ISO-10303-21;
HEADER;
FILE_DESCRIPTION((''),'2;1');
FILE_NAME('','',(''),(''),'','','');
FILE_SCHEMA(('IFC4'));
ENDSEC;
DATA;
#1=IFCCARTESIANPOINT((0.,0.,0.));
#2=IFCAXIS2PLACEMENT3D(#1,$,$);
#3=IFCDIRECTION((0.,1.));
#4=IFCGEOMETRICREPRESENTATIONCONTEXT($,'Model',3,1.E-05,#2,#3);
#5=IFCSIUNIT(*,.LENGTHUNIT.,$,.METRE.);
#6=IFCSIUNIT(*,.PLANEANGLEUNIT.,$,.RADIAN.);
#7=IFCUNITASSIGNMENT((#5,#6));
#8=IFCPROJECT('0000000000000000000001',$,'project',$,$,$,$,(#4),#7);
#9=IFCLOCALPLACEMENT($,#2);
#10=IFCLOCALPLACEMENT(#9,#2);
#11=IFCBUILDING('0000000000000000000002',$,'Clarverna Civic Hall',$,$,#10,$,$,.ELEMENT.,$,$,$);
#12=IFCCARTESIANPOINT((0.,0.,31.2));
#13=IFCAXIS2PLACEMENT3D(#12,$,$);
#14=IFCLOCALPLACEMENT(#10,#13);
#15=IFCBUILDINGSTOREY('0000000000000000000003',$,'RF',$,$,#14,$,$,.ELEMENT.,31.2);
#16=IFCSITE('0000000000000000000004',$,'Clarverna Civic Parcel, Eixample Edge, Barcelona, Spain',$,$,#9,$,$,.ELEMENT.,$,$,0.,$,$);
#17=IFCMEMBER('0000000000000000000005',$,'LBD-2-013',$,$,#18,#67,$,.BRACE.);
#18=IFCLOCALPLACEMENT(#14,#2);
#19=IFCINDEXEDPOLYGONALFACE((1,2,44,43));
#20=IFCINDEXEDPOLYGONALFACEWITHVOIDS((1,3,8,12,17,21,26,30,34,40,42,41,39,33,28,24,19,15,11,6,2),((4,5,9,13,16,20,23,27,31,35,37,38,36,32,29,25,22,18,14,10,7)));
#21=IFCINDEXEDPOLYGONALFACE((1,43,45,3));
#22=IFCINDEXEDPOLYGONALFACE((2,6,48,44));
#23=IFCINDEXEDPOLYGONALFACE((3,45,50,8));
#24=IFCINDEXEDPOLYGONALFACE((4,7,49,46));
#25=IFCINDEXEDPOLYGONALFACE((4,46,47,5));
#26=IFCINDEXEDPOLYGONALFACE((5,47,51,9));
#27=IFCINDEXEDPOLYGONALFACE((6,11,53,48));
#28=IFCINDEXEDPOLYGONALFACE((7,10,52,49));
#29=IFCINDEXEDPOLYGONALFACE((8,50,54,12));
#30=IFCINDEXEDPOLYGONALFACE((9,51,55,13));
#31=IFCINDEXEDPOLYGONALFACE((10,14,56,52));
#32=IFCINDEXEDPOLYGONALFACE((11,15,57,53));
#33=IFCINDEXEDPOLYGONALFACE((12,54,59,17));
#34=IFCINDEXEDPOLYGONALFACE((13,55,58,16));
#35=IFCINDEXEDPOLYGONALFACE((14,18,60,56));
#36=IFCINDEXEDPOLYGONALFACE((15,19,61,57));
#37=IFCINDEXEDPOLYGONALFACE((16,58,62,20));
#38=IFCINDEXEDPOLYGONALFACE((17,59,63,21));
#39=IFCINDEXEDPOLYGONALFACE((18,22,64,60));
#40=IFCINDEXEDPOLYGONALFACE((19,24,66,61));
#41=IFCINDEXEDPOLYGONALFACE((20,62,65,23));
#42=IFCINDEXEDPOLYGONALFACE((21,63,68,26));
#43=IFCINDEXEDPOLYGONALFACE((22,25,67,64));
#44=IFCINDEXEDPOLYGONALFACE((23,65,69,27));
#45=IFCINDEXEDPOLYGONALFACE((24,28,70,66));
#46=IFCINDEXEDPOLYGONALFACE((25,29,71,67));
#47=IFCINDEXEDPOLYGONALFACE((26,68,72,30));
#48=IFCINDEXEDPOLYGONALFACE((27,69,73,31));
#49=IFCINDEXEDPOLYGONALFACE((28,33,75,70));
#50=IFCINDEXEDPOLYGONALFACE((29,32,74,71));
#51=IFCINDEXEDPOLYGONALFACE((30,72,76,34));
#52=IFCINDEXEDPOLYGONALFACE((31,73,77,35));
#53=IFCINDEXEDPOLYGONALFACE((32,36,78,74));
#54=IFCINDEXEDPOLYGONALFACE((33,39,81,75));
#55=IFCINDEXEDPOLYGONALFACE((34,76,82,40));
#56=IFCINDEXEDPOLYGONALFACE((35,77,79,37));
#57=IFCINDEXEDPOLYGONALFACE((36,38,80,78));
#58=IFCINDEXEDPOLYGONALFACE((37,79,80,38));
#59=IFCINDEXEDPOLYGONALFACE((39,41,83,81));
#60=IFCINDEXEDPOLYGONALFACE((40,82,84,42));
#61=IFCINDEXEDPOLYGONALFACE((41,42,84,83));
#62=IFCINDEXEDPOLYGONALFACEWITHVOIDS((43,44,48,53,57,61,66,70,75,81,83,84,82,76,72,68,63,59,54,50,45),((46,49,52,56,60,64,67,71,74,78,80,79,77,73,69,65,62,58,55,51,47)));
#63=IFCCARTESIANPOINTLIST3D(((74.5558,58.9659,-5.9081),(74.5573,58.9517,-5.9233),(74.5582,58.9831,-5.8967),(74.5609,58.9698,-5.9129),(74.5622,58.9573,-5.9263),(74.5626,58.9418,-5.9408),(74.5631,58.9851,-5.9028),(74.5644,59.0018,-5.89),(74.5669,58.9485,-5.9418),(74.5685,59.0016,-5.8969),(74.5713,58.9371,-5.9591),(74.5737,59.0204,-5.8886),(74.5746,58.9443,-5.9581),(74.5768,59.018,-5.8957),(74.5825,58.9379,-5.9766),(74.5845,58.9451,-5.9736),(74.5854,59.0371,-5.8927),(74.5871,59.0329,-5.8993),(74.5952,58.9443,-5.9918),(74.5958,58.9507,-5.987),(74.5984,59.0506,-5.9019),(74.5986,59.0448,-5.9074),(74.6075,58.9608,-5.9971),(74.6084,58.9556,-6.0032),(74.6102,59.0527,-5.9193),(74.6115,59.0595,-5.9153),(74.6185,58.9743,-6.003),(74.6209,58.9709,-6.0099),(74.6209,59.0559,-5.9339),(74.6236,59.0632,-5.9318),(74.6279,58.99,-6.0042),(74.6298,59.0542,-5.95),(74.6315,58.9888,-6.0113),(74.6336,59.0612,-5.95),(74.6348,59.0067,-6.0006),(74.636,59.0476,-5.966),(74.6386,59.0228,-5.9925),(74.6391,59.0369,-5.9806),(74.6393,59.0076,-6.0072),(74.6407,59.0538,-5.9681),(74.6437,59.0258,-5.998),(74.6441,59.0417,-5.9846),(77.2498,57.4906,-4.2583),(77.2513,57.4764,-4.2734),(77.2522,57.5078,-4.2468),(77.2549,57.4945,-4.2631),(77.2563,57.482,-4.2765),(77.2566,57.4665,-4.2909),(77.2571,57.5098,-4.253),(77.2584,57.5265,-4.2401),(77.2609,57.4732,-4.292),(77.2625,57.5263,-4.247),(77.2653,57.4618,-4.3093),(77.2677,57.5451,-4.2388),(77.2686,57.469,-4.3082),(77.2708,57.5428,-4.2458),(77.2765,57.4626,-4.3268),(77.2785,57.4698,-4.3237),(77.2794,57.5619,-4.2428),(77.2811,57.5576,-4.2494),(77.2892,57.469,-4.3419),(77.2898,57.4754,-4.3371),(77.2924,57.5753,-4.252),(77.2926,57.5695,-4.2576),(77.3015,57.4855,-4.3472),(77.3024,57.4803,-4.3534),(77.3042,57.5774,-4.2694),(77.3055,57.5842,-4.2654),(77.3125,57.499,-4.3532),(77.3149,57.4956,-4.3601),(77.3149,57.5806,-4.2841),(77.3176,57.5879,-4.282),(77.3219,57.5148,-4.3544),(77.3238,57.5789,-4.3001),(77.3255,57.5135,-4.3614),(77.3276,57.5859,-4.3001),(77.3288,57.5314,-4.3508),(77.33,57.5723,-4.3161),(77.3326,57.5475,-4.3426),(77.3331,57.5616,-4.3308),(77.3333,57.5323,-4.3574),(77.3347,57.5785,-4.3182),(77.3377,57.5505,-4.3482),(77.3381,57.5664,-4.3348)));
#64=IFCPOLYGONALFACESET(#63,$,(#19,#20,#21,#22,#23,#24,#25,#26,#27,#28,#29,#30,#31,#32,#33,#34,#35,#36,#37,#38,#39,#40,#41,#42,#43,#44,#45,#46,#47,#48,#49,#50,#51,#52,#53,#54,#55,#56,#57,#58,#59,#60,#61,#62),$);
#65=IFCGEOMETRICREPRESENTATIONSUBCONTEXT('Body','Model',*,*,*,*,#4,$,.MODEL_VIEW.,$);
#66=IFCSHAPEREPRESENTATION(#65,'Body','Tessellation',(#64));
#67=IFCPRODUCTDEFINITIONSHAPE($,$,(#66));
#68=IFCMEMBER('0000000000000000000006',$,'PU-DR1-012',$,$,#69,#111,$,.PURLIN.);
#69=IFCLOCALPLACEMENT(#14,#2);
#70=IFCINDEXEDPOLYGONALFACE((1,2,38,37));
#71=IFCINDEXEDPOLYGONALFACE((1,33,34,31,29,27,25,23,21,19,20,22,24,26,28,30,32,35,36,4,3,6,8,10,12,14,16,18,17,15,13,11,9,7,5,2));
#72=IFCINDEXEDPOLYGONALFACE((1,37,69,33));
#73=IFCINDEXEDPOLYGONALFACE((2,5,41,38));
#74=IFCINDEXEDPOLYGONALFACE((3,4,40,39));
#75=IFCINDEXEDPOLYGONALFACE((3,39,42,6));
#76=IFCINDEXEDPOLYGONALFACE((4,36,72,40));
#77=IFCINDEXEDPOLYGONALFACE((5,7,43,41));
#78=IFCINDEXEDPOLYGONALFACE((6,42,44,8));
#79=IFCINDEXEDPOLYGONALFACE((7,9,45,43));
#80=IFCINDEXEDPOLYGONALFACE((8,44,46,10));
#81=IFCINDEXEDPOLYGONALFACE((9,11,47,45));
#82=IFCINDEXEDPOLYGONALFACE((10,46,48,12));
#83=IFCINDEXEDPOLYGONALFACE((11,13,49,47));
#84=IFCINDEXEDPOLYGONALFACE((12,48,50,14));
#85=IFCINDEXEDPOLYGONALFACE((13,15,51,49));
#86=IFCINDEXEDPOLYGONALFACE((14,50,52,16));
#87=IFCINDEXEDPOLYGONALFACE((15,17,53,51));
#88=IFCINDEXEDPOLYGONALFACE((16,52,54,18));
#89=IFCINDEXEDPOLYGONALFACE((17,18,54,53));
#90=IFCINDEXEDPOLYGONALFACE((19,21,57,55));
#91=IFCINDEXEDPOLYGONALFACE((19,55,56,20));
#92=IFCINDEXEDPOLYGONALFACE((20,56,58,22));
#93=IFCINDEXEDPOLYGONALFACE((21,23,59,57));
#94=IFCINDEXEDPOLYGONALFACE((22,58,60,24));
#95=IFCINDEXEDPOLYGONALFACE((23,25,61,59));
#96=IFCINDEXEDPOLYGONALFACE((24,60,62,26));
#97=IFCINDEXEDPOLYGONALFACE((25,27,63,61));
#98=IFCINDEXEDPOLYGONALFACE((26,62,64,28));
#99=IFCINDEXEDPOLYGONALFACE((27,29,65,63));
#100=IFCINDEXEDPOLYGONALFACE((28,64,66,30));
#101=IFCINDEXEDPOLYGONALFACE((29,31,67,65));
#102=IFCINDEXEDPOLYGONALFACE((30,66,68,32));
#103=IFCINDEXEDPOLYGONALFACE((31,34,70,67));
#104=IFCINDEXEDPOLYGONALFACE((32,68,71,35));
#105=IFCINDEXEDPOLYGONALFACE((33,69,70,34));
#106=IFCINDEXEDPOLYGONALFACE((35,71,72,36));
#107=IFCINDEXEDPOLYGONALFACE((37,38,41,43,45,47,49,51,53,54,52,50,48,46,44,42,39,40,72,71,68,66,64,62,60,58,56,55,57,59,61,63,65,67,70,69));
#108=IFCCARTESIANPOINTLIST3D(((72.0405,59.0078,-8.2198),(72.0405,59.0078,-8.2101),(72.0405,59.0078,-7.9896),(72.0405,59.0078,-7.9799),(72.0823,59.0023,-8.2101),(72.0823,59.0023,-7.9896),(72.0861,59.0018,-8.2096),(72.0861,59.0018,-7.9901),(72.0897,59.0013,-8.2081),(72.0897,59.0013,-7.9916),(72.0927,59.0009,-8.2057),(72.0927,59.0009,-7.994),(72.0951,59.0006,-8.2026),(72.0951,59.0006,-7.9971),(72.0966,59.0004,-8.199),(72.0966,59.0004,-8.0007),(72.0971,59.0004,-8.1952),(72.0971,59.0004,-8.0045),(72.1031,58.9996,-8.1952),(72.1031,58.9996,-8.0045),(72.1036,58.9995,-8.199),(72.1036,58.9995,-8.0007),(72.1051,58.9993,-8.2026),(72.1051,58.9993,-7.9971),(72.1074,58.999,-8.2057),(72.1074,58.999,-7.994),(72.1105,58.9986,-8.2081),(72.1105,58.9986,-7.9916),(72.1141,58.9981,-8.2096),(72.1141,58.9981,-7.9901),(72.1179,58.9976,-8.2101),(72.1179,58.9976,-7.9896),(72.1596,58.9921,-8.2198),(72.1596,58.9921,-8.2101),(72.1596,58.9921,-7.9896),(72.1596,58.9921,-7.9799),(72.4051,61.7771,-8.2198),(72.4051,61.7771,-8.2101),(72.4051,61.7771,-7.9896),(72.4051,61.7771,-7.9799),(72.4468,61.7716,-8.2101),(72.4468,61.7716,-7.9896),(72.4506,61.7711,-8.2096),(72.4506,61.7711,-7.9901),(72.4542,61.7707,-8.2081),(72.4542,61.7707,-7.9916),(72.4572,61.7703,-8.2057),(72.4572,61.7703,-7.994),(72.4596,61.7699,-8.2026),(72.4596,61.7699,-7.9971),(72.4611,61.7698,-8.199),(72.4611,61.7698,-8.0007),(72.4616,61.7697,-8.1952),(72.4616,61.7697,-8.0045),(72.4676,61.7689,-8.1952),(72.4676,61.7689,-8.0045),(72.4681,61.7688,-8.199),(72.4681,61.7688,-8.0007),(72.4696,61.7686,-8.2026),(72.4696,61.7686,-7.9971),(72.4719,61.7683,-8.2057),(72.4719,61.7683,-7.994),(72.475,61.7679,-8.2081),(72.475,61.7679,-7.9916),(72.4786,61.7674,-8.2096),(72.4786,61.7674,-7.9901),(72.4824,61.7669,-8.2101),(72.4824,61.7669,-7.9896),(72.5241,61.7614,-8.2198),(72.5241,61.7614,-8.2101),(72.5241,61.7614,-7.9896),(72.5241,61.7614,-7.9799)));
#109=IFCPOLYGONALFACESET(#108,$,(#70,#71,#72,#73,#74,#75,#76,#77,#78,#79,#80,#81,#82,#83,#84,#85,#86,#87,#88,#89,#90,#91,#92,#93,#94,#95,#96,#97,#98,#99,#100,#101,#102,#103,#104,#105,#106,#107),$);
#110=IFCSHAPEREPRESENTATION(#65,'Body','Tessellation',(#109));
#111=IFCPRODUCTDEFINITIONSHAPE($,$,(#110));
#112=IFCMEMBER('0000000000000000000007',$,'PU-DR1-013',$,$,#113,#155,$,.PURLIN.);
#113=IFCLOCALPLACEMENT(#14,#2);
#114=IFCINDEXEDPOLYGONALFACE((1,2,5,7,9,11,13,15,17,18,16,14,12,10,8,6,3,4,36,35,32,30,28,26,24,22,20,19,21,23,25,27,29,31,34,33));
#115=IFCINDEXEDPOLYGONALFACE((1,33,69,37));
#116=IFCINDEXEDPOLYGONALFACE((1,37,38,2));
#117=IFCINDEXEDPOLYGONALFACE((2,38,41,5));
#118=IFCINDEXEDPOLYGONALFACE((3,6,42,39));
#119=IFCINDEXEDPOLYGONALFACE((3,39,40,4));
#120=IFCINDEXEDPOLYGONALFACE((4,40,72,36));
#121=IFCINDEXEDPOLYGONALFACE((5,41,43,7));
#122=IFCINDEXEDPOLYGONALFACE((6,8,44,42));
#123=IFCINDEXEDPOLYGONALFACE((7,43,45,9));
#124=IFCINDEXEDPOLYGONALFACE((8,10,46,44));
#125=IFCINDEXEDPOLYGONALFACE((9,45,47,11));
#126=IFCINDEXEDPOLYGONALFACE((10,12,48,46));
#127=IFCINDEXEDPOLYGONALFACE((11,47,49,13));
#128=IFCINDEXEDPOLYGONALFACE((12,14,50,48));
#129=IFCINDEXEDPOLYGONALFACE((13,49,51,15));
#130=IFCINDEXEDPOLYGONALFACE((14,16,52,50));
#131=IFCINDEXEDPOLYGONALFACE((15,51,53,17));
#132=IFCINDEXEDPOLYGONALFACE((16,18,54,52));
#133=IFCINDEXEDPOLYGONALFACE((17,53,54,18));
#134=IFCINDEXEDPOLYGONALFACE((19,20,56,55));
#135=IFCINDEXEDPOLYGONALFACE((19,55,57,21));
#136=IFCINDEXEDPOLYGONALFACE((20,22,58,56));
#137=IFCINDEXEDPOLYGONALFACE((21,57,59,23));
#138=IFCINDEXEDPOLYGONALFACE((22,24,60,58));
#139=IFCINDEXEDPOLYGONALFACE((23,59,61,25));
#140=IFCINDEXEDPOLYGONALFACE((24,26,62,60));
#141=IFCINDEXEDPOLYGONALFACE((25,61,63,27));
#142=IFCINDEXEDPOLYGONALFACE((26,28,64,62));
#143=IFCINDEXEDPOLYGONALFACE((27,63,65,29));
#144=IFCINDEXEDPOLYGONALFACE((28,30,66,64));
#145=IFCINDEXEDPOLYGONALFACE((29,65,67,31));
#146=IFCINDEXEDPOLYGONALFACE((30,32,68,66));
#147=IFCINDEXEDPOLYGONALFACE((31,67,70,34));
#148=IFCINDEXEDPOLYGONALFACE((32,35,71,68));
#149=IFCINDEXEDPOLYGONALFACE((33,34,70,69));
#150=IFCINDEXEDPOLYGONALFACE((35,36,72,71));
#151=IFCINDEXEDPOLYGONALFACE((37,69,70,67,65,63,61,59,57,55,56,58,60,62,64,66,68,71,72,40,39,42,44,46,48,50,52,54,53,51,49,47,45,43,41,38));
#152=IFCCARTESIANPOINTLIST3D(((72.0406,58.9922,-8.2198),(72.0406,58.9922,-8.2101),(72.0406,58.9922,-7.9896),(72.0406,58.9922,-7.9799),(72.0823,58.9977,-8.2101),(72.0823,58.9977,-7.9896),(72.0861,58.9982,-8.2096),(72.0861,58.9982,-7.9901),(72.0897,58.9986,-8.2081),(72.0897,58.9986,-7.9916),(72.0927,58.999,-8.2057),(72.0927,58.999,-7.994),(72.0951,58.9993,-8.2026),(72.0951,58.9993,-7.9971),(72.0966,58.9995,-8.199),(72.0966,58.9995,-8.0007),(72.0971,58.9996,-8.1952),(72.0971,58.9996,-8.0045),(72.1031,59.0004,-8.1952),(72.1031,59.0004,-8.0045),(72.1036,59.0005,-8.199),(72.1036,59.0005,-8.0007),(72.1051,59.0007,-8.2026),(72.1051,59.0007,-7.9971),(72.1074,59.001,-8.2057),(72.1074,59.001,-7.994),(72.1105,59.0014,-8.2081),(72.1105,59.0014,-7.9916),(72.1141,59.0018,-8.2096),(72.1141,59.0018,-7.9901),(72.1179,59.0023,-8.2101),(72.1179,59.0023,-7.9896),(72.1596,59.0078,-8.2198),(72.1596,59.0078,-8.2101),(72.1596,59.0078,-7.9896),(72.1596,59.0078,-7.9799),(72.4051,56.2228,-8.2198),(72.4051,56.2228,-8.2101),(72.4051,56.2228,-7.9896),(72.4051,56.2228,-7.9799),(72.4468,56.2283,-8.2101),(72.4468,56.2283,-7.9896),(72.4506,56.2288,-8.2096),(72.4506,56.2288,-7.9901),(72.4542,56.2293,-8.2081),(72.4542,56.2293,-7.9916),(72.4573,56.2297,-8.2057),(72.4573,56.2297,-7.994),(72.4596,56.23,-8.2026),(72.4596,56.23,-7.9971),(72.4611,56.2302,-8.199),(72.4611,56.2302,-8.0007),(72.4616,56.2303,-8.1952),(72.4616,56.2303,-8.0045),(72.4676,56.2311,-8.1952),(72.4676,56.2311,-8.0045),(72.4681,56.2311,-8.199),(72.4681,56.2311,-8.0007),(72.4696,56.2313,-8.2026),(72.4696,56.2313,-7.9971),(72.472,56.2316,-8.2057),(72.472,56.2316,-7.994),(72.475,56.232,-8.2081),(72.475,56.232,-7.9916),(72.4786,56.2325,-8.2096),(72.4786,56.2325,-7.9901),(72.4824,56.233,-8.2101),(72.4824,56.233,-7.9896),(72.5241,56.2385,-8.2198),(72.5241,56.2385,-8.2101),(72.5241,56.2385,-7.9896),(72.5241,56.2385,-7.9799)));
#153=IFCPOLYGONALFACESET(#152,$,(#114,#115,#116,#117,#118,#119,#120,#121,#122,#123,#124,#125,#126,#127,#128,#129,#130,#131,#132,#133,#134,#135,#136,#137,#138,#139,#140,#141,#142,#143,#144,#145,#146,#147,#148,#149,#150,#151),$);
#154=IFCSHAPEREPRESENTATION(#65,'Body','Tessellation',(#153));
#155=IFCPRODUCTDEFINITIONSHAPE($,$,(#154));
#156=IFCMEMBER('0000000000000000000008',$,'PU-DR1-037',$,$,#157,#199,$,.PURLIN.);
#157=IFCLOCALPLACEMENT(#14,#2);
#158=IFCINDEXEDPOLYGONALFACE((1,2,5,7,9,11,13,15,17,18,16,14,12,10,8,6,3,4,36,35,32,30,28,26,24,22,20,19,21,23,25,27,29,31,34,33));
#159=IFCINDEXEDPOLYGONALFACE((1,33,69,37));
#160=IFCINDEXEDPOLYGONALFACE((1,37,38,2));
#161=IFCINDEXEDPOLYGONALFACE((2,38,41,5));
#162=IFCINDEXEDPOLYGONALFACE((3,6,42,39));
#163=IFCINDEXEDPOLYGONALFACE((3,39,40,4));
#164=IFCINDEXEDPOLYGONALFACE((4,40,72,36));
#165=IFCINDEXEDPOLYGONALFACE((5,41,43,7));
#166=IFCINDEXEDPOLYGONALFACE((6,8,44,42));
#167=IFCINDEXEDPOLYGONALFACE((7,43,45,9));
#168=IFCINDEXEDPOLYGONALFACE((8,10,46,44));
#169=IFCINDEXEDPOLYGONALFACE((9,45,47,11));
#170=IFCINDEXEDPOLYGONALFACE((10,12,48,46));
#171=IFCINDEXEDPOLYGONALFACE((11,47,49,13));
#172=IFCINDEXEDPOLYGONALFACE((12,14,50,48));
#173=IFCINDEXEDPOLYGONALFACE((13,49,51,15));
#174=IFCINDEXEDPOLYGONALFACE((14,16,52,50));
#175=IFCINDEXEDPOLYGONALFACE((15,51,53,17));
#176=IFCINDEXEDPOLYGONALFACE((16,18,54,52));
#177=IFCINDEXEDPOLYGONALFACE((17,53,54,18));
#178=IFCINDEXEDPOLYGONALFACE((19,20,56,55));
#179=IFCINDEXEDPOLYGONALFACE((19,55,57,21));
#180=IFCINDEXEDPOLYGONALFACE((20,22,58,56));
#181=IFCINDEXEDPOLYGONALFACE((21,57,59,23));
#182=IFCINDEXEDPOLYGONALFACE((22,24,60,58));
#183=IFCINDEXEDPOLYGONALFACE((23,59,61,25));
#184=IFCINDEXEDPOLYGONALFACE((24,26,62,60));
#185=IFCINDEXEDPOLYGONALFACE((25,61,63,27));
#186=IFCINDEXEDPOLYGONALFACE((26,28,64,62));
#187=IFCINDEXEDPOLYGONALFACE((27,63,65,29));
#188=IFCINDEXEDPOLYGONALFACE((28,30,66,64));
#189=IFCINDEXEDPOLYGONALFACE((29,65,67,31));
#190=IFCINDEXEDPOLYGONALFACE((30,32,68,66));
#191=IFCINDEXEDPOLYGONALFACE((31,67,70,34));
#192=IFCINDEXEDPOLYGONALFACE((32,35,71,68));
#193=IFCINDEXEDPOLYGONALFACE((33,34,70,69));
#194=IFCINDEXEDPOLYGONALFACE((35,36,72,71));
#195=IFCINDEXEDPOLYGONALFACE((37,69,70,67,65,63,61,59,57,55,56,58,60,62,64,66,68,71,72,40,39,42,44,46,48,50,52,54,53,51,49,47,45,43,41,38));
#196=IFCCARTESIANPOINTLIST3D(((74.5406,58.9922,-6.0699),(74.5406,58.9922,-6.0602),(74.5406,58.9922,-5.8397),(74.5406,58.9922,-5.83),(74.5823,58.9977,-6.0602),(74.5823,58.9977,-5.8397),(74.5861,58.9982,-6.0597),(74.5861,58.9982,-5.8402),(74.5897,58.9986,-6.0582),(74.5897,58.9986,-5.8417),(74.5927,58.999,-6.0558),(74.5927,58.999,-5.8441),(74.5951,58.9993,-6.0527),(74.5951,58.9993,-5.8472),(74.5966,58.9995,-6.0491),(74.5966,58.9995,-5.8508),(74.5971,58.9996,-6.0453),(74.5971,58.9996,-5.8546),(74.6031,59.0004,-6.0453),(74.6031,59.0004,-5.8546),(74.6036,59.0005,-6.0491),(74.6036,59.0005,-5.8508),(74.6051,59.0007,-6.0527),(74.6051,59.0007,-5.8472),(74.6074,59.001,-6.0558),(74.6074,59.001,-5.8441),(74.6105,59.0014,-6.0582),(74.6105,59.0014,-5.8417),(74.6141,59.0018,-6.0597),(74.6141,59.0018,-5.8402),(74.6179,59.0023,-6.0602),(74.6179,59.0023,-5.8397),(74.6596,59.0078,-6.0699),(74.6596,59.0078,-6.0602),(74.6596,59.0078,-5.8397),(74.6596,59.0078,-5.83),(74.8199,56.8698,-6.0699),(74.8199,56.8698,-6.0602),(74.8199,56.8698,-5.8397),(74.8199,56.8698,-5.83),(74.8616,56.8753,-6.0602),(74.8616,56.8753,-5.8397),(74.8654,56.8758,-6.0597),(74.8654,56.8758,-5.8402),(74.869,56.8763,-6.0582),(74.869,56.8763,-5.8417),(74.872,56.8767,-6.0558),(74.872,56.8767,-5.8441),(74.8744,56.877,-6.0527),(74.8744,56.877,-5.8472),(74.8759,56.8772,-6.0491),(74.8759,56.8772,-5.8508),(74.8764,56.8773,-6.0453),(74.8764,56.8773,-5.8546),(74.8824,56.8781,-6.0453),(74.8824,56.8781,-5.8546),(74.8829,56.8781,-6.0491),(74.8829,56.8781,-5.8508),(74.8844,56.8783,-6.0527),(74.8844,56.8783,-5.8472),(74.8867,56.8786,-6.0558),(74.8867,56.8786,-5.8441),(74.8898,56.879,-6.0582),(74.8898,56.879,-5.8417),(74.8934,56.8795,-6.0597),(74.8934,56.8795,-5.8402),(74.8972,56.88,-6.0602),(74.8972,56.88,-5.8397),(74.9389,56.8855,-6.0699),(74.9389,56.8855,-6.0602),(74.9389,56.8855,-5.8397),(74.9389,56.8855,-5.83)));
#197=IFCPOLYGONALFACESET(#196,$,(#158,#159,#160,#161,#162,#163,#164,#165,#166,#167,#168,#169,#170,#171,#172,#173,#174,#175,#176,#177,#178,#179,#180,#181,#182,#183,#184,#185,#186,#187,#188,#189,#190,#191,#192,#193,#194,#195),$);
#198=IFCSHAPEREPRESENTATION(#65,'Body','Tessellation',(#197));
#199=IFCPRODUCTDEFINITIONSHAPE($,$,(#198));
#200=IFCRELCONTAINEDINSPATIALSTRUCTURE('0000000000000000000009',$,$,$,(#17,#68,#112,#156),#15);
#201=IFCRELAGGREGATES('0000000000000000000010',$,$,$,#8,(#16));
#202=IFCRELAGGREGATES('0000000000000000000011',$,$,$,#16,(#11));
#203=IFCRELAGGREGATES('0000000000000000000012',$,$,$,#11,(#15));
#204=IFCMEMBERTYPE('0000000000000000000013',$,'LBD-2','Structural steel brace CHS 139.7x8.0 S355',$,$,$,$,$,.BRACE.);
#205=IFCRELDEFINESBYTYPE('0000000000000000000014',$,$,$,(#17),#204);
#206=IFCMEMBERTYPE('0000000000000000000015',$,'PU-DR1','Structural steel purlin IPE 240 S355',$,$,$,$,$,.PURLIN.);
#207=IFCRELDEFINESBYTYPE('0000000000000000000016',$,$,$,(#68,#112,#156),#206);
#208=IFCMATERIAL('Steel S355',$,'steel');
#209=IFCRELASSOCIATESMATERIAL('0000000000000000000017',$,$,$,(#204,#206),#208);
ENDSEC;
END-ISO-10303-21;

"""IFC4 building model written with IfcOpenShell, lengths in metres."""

from ifc_helpers import new_model, si_unit, direction, frame, origin, origin_2d, place, context, subcontext, project, spatial, hollow_circle, i_section, extrude, material, material_profile, profile_set, type_object, element, save


model = new_model("IFC4")

# Units and contexts
model_context = context("Model", 3, precision=1e-05, world=origin(), true_north=direction((0.0, 1.0)))
body_context = subcontext(model_context, "Body", "Model", "MODEL_VIEW")
ifc_project = project(units=[si_unit("LENGTHUNIT", "METRE"), si_unit("PLANEANGLEUNIT", "RADIAN")], contexts=[model_context])

# Site, building, storey
site_placement = place(None, origin())
site = spatial("IfcSite", under=ifc_project, at=site_placement, Name="Clarverna Civic Parcel, Eixample Edge, Barcelona, Spain", CompositionType="ELEMENT", RefElevation=0.0)
building_placement = place(site_placement, origin())
building = spatial("IfcBuilding", under=site, at=building_placement, Name="Clarverna Civic Hall", CompositionType="ELEMENT")
storey_placement = place(building_placement, frame((0.0, 0.0, 31.2)))
storey = spatial("IfcBuildingStorey", under=building, at=storey_placement, Name="RF", CompositionType="ELEMENT", Elevation=31.2)

# Members
ifc_material_1 = material(Name="Steel S355", Category="steel")
ifc_material_profile_1 = material_profile(ifc_material_1, hollow_circle(Radius=0.0698, WallThickness=0.0081, at=origin_2d()), Name="CHS 139.7x8.0")
ifc_profile_set_1 = profile_set([ifc_material_profile_1], Name="Steel S355")
member_type_1 = type_object("IfcMemberType", Name="LBD-2", Description="Structural steel brace CHS 139.7x8.0 S355", PredefinedType="BRACE", material=ifc_profile_set_1)
member_1_placement = place(storey_placement, frame((74.6001, 59.0, -5.95), z_axis=(0.772681, -0.423136, 0.473201), x_axis=(0.480316, 0.877095, 0.0)))
element("IfcMember", 1, at=member_1_placement, inside=storey, type_object=member_type_1, Name="LBD-2-013", PredefinedType="BRACE", context=body_context, shape_type="SweptSolid", body=[
    extrude(hollow_circle(Radius=0.0698, WallThickness=0.0081, at=origin_2d()), origin(), (0.0, 0.0, 1.0), 3.4866),
])
ifc_material_profile_2 = material_profile(ifc_material_1, i_section(OverallWidth=0.1201, OverallDepth=0.24, WebThickness=0.0061, FlangeThickness=0.0098, FilletRadius=0.0149, at=origin_2d()), Name="IPE 240")
ifc_profile_set_2 = profile_set([ifc_material_profile_2], Name="Steel S355")
member_type_2 = type_object("IfcMemberType", Name="PU-DR1", Description="Structural steel purlin IPE 240 S355", PredefinedType="PURLIN", material=ifc_profile_set_2)
for number, where, z_axis, x_axis, name in (
    (2, (72.4646, 61.7693, -8.0999), (-0.130497, -0.991449, 0.0), (0.991449, -0.130497, 0.0), "PU-DR1-012"),
    (3, (72.1001, 59.0, -8.0999), (0.130497, -0.991449, 0.0), (0.991449, 0.130497, 0.0), "PU-DR1-013"),
):
    element("IfcMember", number, at=place(storey_placement, frame(where, z_axis=z_axis, x_axis=x_axis)), inside=storey, type_object=member_type_2, Name=name, PredefinedType="PURLIN", context=body_context, shape_type="SweptSolid", body=[
        extrude(i_section(OverallWidth=0.1201, OverallDepth=0.24, WebThickness=0.0061, FlangeThickness=0.0098, FilletRadius=0.0149, at=origin_2d()), origin(), (0.0, 0.0, 1.0), 2.7932),
    ])
member_2_placement = place(storey_placement, frame((74.6001, 59.0, -5.95), z_axis=(0.130475, -0.991452, 0.0), x_axis=(0.991452, 0.130475, 0.0)))
element("IfcMember", 4, at=member_2_placement, inside=storey, type_object=member_type_2, Name="PU-DR1-037", PredefinedType="PURLIN", context=body_context, shape_type="SweptSolid", body=[
    extrude(i_section(OverallWidth=0.1201, OverallDepth=0.24, WebThickness=0.0061, FlangeThickness=0.0098, FilletRadius=0.0149, at=origin_2d()), origin(), (0.0, 0.0, 1.0), 2.1406),
])

save(model, "model.ifc")
